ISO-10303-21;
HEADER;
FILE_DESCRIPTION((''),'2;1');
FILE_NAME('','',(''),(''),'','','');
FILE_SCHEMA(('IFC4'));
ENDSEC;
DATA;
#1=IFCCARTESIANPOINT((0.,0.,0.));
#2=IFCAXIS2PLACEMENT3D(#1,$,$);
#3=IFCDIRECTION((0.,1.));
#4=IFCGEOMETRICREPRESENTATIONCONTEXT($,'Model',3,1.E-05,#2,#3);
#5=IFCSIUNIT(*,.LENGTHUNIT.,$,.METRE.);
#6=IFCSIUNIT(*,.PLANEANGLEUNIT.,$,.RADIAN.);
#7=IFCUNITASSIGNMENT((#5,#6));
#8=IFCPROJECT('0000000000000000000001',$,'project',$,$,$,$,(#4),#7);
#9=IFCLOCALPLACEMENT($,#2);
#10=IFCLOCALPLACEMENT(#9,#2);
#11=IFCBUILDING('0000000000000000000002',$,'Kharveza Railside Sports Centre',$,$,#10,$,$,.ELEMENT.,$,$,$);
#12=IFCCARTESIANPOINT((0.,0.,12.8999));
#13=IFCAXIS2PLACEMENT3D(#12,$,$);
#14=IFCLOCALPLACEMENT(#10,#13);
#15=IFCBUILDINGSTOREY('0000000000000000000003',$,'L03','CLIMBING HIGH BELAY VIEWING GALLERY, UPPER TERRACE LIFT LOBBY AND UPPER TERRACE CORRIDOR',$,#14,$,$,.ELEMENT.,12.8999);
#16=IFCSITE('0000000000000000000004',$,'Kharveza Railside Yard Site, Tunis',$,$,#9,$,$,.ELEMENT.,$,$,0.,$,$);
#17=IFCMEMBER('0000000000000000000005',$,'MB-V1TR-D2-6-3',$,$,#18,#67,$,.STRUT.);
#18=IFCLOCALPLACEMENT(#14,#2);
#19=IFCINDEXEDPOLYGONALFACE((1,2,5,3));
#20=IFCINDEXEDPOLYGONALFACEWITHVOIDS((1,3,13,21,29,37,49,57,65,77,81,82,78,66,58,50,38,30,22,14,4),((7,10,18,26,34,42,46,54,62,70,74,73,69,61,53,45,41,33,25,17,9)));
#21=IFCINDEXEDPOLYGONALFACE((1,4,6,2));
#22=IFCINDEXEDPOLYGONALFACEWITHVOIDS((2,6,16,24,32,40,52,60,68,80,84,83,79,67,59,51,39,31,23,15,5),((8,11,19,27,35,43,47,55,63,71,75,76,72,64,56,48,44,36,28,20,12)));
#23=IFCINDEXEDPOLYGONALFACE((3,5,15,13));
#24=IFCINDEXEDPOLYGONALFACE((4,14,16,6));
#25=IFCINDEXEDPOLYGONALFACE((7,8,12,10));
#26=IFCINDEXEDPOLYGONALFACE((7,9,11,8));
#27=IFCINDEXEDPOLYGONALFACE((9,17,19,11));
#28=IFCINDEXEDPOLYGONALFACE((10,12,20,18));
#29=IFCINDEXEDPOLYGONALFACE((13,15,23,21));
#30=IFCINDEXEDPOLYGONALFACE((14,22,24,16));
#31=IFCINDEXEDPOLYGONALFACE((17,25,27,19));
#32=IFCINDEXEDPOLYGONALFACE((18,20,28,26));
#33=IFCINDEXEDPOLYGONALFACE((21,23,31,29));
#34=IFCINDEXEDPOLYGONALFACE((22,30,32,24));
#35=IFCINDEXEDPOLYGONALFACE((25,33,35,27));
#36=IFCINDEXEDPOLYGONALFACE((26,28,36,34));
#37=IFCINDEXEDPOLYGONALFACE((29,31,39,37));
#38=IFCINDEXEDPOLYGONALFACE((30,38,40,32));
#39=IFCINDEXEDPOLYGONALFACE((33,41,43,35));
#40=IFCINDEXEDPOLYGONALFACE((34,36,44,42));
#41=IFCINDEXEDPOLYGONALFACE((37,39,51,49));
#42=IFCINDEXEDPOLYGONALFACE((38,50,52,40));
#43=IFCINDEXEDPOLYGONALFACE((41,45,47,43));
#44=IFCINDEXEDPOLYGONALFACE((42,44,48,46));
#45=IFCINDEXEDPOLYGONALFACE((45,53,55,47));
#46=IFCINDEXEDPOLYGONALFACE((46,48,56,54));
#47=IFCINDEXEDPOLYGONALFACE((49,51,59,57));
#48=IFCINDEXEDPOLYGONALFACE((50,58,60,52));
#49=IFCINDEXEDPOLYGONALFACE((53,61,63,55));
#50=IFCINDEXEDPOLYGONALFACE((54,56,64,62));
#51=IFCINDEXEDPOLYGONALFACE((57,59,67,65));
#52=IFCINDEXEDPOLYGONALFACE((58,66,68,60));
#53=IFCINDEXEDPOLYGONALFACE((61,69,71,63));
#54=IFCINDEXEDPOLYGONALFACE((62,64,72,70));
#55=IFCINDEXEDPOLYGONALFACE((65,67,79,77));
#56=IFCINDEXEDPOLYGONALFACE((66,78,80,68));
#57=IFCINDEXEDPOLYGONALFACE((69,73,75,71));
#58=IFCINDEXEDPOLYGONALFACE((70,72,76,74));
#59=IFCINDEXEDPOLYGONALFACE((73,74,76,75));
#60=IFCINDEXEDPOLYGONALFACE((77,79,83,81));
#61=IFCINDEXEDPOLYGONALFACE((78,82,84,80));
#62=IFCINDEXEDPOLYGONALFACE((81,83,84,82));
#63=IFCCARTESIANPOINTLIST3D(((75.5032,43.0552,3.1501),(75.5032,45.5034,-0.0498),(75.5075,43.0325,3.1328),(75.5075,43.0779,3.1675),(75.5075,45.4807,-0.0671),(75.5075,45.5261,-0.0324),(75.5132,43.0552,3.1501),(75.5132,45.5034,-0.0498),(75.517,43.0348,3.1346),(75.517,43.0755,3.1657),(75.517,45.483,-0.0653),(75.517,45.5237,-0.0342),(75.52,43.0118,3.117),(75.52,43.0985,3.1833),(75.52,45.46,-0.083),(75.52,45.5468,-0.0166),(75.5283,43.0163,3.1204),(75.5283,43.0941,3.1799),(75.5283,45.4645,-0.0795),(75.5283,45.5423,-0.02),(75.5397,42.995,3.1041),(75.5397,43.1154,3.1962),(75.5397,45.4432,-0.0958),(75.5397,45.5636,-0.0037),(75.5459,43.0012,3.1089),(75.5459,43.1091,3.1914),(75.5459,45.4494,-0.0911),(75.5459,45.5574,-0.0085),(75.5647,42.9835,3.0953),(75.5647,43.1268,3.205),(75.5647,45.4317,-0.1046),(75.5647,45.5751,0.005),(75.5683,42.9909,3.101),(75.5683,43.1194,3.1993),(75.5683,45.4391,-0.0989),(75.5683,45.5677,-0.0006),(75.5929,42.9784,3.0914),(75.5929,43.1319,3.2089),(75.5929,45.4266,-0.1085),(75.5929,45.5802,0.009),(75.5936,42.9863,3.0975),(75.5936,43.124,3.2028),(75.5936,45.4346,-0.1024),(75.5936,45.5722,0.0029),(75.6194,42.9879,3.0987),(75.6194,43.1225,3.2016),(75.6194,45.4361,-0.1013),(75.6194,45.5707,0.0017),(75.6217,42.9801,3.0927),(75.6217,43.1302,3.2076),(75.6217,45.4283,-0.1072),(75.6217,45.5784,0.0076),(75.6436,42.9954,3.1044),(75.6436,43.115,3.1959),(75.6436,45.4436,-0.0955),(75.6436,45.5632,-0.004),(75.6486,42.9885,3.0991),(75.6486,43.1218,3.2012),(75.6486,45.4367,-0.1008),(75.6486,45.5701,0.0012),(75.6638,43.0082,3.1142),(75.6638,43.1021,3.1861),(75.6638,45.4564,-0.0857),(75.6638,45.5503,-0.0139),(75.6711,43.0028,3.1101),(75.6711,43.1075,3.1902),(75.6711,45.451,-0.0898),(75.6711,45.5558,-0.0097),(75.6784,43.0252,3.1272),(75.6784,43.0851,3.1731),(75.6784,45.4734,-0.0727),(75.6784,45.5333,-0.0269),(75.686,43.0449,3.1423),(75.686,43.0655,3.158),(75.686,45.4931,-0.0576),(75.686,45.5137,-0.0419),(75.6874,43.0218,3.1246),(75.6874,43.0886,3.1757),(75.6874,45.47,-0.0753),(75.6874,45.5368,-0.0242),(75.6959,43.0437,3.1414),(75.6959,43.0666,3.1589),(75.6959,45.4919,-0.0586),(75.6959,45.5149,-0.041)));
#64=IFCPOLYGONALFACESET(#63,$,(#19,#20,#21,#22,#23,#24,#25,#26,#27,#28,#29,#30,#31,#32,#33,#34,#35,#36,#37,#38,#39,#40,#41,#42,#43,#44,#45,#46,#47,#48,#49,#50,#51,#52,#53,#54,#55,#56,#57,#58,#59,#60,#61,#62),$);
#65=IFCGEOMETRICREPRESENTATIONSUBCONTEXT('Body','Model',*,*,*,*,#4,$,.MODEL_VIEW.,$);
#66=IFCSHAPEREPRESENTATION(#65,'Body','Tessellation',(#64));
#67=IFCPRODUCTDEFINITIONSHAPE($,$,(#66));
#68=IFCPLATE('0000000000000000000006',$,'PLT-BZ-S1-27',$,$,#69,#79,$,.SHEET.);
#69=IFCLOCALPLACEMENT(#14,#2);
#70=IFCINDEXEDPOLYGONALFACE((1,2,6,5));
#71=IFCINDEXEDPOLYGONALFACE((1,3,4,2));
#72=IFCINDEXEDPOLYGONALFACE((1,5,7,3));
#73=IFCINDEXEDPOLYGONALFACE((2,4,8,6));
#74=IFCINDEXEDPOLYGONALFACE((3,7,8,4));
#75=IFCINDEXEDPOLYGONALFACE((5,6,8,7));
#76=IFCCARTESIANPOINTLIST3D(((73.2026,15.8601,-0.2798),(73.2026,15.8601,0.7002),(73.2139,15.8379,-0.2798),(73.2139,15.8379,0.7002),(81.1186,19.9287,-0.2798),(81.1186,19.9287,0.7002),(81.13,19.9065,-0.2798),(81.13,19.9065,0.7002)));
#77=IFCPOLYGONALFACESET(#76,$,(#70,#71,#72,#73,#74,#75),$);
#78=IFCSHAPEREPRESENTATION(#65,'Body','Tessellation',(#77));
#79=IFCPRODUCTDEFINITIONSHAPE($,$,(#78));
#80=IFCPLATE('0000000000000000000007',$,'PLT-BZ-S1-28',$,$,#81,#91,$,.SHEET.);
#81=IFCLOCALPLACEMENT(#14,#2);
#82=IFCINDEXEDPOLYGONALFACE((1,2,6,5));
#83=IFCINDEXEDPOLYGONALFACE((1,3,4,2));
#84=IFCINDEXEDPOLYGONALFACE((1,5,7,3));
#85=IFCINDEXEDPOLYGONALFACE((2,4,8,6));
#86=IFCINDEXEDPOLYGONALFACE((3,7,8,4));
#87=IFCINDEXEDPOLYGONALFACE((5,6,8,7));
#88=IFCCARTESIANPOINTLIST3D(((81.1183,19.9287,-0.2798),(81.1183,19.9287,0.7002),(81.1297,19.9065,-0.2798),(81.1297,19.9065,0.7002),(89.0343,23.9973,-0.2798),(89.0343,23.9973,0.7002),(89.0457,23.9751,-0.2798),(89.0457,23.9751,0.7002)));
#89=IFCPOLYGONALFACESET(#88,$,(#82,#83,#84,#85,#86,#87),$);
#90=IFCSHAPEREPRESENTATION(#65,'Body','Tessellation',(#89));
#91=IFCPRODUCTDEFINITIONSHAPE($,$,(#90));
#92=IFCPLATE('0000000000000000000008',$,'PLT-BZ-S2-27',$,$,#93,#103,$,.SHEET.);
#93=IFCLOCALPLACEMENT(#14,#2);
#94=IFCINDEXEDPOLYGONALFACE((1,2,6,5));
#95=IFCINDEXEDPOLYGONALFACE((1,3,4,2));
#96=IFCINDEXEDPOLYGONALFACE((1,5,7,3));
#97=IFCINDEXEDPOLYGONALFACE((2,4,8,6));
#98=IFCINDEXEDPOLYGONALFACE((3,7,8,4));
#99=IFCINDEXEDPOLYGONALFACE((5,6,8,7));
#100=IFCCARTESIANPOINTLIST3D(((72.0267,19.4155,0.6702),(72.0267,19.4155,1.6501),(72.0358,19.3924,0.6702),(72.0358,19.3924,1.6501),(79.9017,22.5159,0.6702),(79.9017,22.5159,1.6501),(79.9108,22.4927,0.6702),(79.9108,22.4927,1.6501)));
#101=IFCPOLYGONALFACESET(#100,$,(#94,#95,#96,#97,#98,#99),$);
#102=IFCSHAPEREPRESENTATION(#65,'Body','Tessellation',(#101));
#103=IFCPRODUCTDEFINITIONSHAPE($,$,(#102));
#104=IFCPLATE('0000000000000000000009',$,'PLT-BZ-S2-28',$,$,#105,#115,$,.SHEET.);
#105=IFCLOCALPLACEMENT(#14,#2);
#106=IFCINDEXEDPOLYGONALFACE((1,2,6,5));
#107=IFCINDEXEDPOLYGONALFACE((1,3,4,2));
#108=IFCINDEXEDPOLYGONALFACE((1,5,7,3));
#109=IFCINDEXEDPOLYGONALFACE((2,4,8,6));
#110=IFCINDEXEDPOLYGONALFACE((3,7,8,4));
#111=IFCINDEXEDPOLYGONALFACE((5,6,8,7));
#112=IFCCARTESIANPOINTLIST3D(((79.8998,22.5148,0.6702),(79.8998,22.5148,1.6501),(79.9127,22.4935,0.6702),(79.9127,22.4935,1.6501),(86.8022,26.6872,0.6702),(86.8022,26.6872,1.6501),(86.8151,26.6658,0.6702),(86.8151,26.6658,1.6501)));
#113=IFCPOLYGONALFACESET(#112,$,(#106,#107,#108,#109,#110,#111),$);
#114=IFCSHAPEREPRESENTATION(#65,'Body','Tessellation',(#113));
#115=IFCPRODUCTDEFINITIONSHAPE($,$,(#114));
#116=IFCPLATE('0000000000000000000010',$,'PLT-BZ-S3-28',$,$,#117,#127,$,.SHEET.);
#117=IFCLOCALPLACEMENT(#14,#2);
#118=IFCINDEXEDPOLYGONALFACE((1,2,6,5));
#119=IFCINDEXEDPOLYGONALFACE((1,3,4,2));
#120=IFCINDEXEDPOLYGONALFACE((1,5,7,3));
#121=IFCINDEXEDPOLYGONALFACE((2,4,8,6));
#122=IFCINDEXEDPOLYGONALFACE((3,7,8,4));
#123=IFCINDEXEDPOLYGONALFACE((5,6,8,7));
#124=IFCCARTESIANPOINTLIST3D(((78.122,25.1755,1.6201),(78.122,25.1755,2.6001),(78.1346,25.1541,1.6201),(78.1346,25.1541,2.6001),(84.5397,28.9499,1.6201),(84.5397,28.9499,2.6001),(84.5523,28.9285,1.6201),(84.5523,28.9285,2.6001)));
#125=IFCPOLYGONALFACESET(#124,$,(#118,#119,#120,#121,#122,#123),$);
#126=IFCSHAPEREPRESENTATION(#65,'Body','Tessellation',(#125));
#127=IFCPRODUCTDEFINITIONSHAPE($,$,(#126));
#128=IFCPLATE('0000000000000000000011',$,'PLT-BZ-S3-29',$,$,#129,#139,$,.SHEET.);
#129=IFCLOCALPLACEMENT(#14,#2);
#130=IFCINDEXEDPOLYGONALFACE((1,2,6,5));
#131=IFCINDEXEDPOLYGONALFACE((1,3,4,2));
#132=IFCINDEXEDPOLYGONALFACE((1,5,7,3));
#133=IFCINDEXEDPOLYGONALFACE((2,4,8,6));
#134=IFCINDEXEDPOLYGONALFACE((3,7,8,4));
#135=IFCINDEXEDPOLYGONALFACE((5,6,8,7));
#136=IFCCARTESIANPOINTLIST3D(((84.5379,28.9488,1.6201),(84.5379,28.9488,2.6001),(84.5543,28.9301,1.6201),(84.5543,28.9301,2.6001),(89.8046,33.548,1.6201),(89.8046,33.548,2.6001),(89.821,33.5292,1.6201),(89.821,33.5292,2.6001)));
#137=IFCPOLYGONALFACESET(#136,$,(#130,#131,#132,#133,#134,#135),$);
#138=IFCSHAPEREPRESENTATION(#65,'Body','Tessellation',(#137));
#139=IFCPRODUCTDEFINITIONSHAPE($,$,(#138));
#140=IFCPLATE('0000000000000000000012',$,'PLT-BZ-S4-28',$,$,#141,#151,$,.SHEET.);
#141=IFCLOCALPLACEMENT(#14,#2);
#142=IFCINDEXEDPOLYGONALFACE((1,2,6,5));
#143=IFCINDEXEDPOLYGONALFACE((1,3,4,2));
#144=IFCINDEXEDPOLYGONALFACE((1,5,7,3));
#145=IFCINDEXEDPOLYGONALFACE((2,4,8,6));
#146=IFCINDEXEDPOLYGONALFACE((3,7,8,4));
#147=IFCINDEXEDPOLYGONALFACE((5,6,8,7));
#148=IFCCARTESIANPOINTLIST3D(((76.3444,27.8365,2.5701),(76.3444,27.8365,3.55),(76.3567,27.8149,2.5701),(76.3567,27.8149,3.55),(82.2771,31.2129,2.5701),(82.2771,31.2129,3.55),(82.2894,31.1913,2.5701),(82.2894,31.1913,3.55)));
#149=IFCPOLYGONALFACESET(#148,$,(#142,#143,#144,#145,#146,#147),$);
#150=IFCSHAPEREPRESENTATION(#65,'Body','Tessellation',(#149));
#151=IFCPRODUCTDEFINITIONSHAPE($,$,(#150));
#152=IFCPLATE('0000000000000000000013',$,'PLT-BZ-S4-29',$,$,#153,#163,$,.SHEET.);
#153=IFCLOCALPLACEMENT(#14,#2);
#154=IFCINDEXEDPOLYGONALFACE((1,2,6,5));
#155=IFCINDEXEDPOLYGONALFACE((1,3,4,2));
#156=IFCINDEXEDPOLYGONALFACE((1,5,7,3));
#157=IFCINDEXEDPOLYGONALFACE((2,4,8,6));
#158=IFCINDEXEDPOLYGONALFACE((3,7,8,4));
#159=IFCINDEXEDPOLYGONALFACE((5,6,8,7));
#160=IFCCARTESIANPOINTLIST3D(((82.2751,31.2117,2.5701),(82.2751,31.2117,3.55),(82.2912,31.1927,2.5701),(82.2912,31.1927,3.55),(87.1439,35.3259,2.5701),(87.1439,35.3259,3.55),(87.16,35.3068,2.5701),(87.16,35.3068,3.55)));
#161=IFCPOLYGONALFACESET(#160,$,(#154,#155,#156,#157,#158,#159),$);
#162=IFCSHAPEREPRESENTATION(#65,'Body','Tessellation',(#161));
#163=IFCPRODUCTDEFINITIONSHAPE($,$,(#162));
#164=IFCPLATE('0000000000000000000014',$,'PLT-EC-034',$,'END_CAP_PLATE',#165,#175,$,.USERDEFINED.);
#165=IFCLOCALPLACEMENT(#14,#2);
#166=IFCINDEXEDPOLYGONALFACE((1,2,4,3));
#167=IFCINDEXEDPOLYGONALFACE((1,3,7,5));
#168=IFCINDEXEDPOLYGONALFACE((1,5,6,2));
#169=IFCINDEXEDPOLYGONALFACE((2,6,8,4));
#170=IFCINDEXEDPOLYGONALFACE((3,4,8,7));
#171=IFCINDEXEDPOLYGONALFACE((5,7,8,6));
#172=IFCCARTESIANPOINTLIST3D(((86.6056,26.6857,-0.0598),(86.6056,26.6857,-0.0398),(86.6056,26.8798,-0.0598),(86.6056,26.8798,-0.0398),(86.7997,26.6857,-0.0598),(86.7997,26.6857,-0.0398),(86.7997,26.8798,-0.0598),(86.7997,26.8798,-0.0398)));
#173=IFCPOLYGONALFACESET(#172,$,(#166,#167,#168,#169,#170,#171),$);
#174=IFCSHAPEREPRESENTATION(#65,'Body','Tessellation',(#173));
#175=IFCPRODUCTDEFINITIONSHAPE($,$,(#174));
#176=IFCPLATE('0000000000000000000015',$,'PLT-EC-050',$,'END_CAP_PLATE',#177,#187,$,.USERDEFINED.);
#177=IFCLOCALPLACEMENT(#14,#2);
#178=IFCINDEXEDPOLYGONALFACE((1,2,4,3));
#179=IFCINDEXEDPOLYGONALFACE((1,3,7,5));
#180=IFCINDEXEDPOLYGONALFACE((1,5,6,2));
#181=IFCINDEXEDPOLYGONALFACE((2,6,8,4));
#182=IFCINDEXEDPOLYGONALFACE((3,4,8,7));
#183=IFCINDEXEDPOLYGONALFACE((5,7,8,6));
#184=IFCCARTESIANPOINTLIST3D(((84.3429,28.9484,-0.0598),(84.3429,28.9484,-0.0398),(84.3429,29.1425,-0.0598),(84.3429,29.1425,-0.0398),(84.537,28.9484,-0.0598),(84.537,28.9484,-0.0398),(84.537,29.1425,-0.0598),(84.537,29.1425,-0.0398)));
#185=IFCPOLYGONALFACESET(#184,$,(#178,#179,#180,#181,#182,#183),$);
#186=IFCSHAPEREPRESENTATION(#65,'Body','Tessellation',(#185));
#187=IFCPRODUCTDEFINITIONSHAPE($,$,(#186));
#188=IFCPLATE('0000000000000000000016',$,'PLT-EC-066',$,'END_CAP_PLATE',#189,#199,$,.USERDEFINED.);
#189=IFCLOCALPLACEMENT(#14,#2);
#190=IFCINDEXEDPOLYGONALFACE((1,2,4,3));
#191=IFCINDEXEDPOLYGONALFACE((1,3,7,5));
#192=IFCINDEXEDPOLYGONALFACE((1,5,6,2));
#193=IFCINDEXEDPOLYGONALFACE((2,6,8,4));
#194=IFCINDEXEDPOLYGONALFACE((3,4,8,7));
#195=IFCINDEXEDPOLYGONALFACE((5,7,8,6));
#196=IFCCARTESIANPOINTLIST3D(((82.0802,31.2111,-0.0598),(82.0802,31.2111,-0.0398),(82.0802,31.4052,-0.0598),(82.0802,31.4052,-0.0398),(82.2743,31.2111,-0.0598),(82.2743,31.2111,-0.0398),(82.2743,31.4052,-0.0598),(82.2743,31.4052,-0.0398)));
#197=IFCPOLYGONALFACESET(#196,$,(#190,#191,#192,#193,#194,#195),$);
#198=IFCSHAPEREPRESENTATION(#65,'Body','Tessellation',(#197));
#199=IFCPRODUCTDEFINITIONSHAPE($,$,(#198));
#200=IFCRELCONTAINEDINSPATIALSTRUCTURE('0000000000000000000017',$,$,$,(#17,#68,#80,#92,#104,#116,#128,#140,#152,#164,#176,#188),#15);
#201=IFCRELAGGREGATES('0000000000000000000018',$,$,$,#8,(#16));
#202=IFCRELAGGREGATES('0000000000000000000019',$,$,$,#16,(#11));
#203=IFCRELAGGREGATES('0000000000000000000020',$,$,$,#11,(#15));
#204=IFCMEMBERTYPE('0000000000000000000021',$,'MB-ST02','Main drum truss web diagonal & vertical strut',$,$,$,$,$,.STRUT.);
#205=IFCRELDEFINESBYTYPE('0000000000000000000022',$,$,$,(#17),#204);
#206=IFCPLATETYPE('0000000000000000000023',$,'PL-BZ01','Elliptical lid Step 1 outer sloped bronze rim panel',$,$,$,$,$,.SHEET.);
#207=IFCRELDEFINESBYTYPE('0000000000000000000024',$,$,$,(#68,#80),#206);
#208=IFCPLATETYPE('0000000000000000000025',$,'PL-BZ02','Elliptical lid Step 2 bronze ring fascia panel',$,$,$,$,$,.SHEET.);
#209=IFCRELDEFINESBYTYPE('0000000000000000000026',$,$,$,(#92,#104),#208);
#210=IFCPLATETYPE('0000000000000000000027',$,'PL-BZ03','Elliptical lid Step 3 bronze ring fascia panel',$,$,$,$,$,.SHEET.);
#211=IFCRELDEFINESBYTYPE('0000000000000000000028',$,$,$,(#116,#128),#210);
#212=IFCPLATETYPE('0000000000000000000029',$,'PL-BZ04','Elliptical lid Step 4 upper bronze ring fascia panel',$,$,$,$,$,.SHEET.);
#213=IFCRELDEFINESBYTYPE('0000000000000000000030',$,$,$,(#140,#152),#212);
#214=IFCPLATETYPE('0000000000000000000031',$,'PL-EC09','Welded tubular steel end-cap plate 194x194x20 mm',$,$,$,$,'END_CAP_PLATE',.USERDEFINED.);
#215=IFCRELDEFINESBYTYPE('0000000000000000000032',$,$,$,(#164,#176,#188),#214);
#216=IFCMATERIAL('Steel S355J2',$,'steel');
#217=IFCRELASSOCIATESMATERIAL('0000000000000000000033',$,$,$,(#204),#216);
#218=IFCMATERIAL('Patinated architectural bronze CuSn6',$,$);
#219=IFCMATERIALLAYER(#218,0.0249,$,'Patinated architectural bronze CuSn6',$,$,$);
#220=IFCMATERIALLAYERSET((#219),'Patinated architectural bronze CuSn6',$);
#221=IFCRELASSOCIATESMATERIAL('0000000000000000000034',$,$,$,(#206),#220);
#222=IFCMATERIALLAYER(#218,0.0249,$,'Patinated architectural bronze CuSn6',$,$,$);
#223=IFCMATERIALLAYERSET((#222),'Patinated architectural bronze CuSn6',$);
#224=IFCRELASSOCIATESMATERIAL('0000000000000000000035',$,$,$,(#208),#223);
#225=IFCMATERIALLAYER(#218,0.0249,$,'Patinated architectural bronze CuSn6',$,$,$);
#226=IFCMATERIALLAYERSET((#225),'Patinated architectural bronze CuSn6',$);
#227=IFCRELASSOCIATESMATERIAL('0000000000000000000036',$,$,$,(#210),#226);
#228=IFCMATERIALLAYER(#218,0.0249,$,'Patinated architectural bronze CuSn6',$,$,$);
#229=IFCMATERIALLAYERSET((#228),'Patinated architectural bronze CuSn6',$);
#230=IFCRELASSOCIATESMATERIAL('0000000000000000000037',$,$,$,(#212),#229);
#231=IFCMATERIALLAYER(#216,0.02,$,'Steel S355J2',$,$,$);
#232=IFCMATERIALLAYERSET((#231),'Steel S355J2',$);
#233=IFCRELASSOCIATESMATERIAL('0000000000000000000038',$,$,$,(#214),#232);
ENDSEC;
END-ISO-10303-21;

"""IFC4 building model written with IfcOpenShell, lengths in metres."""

from ifc_helpers import new_model, si_unit, direction, frame, origin, origin_2d, place, context, subcontext, project, spatial, rectangle, hollow_circle, extrude, material, layer, layer_set, material_profile, profile_set, type_object, element, save


model = new_model("IFC4")

# Units and contexts
model_context = context("Model", 3, precision=1e-05, world=origin(), true_north=direction((0.0, 1.0)))
body_context = subcontext(model_context, "Body", "Model", "MODEL_VIEW")
ifc_project = project(units=[si_unit("LENGTHUNIT", "METRE"), si_unit("PLANEANGLEUNIT", "RADIAN")], contexts=[model_context])

# Site, building, storey
site_placement = place(None, origin())
site = spatial("IfcSite", under=ifc_project, at=site_placement, Name="Kharveza Railside Yard Site, Tunis", CompositionType="ELEMENT", RefElevation=0.0)
building_placement = place(site_placement, origin())
building = spatial("IfcBuilding", under=site, at=building_placement, Name="Kharveza Railside Sports Centre", CompositionType="ELEMENT")
storey_placement = place(building_placement, frame((0.0, 0.0, 12.8999)))
storey = spatial("IfcBuildingStorey", under=building, at=storey_placement, Name="L03", Description="CLIMBING HIGH BELAY VIEWING GALLERY, UPPER TERRACE LIFT LOBBY AND UPPER TERRACE CORRIDOR", CompositionType="ELEMENT", Elevation=12.8999)

# Shared definitions
ifc_material_1 = material(Name="Steel S355J2", Category="steel")

# Member
ifc_material_profile_1 = material_profile(ifc_material_1, hollow_circle(Radius=0.0969, WallThickness=0.01, at=origin_2d()), Name="CHS 193.7x10.0")
ifc_profile_set_1 = profile_set([ifc_material_profile_1], Name="Steel S355J2")
member_type_1 = type_object("IfcMemberType", Name="MB-ST02", Description="Main drum truss web diagonal & vertical strut", PredefinedType="STRUT", material=ifc_profile_set_1)
member_1_placement = place(storey_placement, frame((75.6001, 43.0552, 3.1501), z_axis=(0.0, 0.607641, -0.794212), x_axis=(-1.0, 0.0, 0.0)))
element("IfcMember", 1, at=member_1_placement, inside=storey, type_object=member_type_1, Name="MB-V1TR-D2-6-3", PredefinedType="STRUT", context=body_context, shape_type="SweptSolid", body=[
    extrude(hollow_circle(Radius=0.0969, WallThickness=0.01, at=origin_2d()), origin(), (0.0, 0.0, 1.0), 4.0291),
])

# Plates
ifc_material_2 = material(Name="Patinated architectural bronze CuSn6")
ifc_layer_1 = layer(ifc_material_2, 0.0249, Name="Patinated architectural bronze CuSn6")
ifc_layer_set_1 = layer_set([ifc_layer_1], Name="Patinated architectural bronze CuSn6")
plate_type_1 = type_object("IfcPlateType", Name="PL-BZ01", Description="Elliptical lid Step 1 outer sloped bronze rim panel", PredefinedType="SHEET", material=ifc_layer_set_1)
for number, where, z_axis, x_axis, name in (
    (2, (77.1663, 17.8833, -0.2798), (0.0, 0.0, 1.0), (0.8894, 0.457129, 0.0), "PLT-BZ-S1-27"),
    (3, (85.082, 21.9519, -0.2798), (0.0, 0.0, 1.0), (0.8894, 0.457129, 0.0), "PLT-BZ-S1-28"),
):
    element("IfcPlate", number, at=place(storey_placement, frame(where, z_axis=z_axis, x_axis=x_axis)), inside=storey, type_object=plate_type_1, Name=name, PredefinedType="SHEET", context=body_context, shape_type="SweptSolid", body=[
        extrude(rectangle(XDim=8.9004, YDim=0.0249, at=origin_2d()), origin(), (0.0, 0.0, 1.0), 0.98),
    ])
ifc_layer_2 = layer(ifc_material_2, 0.0249, Name="Patinated architectural bronze CuSn6")
ifc_layer_set_2 = layer_set([ifc_layer_2], Name="Patinated architectural bronze CuSn6")
plate_type_2 = type_object("IfcPlateType", Name="PL-BZ02", Description="Elliptical lid Step 2 bronze ring fascia panel", PredefinedType="SHEET", material=ifc_layer_set_2)
plate_1_placement = place(storey_placement, frame((75.9688, 20.9541, 0.6702), z_axis=(0.0, 0.0, 1.0), x_axis=(0.930488, 0.366323, 0.0)))
element("IfcPlate", 4, at=plate_1_placement, inside=storey, type_object=plate_type_2, Name="PLT-BZ-S2-27", PredefinedType="SHEET", context=body_context, shape_type="SweptSolid", body=[
    extrude(rectangle(XDim=8.4634, YDim=0.0249, at=origin_2d()), origin(), (0.0, 0.0, 1.0), 0.98),
])
plate_2_placement = place(storey_placement, frame((83.3574, 24.5903, 0.6702), z_axis=(0.0, 0.0, 1.0), x_axis=(0.855798, 0.51731, 0.0)))
element("IfcPlate", 5, at=plate_2_placement, inside=storey, type_object=plate_type_2, Name="PLT-BZ-S2-28", PredefinedType="SHEET", context=body_context, shape_type="SweptSolid", body=[
    extrude(rectangle(XDim=8.0654, YDim=0.0249, at=origin_2d()), origin(), (0.0, 0.0, 1.0), 0.98),
])
ifc_layer_3 = layer(ifc_material_2, 0.0249, Name="Patinated architectural bronze CuSn6")
ifc_layer_set_3 = layer_set([ifc_layer_3], Name="Patinated architectural bronze CuSn6")
plate_type_3 = type_object("IfcPlateType", Name="PL-BZ03", Description="Elliptical lid Step 3 bronze ring fascia panel", PredefinedType="SHEET", material=ifc_layer_set_3)
plate_3_placement = place(storey_placement, frame((81.3372, 27.052, 1.6201), z_axis=(0.0, 0.0, 1.0), x_axis=(0.861974, 0.506952, 0.0)))
element("IfcPlate", 6, at=plate_3_placement, inside=storey, type_object=plate_type_3, Name="PLT-BZ-S3-28", PredefinedType="SHEET", context=body_context, shape_type="SweptSolid", body=[
    extrude(rectangle(XDim=7.4453, YDim=0.0249, at=origin_2d()), origin(), (0.0, 0.0, 1.0), 0.98),
])
plate_4_placement = place(storey_placement, frame((87.1794, 31.239, 1.6201), z_axis=(0.0, 0.0, 1.0), x_axis=(0.753231, 0.657757, 0.0)))
element("IfcPlate", 7, at=plate_4_placement, inside=storey, type_object=plate_type_3, Name="PLT-BZ-S3-29", PredefinedType="SHEET", context=body_context, shape_type="SweptSolid", body=[
    extrude(rectangle(XDim=6.9922, YDim=0.0249, at=origin_2d()), origin(), (0.0, 0.0, 1.0), 0.98),
])
ifc_layer_4 = layer(ifc_material_2, 0.0249, Name="Patinated architectural bronze CuSn6")
ifc_layer_set_4 = layer_set([ifc_layer_4], Name="Patinated architectural bronze CuSn6")
plate_type_4 = type_object("IfcPlateType", Name="PL-BZ04", Description="Elliptical lid Step 4 upper bronze ring fascia panel", PredefinedType="SHEET", material=ifc_layer_set_4)
plate_5_placement = place(storey_placement, frame((79.3169, 29.5139, 2.5701), z_axis=(0.0, 0.0, 1.0), x_axis=(0.869107, 0.494625, 0.0)))
element("IfcPlate", 8, at=plate_5_placement, inside=storey, type_object=plate_type_4, Name="PLT-BZ-S4-28", PredefinedType="SHEET", context=body_context, shape_type="SweptSolid", body=[
    extrude(rectangle(XDim=6.8262, YDim=0.0249, at=origin_2d()), origin(), (0.0, 0.0, 1.0), 0.98),
])
plate_6_placement = place(storey_placement, frame((84.7175, 33.2593, 2.5701), z_axis=(0.0, 0.0, 1.0), x_axis=(0.763819, 0.645431, 0.0)))
element("IfcPlate", 9, at=plate_6_placement, inside=storey, type_object=plate_type_4, Name="PLT-BZ-S4-29", PredefinedType="SHEET", context=body_context, shape_type="SweptSolid", body=[
    extrude(rectangle(XDim=6.3743, YDim=0.0249, at=origin_2d()), origin(), (0.0, 0.0, 1.0), 0.98),
])
ifc_layer_5 = layer(ifc_material_1, 0.02, Name="Steel S355J2")
ifc_layer_set_5 = layer_set([ifc_layer_5], Name="Steel S355J2")
plate_type_5 = type_object("IfcPlateType", Name="PL-EC09", Description="Welded tubular steel end-cap plate 194x194x20 mm", ElementType="END_CAP_PLATE", PredefinedType="USERDEFINED", material=ifc_layer_set_5)
for number, where, z_axis, x_axis, name in (
    (10, (86.7026, 26.7827, -0.0598), (0.0, 0.0, 1.0), (1.0, 0.0, 0.0), "PLT-EC-034"),
    (11, (84.4399, 29.0454, -0.0598), (0.0, 0.0, 1.0), (1.0, 0.0, 0.0), "PLT-EC-050"),
    (12, (82.1772, 31.3081, -0.0598), (0.0, 0.0, 1.0), (1.0, 0.0, 0.0), "PLT-EC-066"),
):
    element("IfcPlate", number, at=place(storey_placement, frame(where, z_axis=z_axis, x_axis=x_axis)), inside=storey, type_object=plate_type_5, Name=name, ObjectType="END_CAP_PLATE", PredefinedType="USERDEFINED", context=body_context, shape_type="SweptSolid", body=[
        extrude(rectangle(XDim=0.1941, YDim=0.1941, at=origin_2d()), origin(), (0.0, 0.0, 1.0), 0.02),
    ])

save(model, "model.ifc")
